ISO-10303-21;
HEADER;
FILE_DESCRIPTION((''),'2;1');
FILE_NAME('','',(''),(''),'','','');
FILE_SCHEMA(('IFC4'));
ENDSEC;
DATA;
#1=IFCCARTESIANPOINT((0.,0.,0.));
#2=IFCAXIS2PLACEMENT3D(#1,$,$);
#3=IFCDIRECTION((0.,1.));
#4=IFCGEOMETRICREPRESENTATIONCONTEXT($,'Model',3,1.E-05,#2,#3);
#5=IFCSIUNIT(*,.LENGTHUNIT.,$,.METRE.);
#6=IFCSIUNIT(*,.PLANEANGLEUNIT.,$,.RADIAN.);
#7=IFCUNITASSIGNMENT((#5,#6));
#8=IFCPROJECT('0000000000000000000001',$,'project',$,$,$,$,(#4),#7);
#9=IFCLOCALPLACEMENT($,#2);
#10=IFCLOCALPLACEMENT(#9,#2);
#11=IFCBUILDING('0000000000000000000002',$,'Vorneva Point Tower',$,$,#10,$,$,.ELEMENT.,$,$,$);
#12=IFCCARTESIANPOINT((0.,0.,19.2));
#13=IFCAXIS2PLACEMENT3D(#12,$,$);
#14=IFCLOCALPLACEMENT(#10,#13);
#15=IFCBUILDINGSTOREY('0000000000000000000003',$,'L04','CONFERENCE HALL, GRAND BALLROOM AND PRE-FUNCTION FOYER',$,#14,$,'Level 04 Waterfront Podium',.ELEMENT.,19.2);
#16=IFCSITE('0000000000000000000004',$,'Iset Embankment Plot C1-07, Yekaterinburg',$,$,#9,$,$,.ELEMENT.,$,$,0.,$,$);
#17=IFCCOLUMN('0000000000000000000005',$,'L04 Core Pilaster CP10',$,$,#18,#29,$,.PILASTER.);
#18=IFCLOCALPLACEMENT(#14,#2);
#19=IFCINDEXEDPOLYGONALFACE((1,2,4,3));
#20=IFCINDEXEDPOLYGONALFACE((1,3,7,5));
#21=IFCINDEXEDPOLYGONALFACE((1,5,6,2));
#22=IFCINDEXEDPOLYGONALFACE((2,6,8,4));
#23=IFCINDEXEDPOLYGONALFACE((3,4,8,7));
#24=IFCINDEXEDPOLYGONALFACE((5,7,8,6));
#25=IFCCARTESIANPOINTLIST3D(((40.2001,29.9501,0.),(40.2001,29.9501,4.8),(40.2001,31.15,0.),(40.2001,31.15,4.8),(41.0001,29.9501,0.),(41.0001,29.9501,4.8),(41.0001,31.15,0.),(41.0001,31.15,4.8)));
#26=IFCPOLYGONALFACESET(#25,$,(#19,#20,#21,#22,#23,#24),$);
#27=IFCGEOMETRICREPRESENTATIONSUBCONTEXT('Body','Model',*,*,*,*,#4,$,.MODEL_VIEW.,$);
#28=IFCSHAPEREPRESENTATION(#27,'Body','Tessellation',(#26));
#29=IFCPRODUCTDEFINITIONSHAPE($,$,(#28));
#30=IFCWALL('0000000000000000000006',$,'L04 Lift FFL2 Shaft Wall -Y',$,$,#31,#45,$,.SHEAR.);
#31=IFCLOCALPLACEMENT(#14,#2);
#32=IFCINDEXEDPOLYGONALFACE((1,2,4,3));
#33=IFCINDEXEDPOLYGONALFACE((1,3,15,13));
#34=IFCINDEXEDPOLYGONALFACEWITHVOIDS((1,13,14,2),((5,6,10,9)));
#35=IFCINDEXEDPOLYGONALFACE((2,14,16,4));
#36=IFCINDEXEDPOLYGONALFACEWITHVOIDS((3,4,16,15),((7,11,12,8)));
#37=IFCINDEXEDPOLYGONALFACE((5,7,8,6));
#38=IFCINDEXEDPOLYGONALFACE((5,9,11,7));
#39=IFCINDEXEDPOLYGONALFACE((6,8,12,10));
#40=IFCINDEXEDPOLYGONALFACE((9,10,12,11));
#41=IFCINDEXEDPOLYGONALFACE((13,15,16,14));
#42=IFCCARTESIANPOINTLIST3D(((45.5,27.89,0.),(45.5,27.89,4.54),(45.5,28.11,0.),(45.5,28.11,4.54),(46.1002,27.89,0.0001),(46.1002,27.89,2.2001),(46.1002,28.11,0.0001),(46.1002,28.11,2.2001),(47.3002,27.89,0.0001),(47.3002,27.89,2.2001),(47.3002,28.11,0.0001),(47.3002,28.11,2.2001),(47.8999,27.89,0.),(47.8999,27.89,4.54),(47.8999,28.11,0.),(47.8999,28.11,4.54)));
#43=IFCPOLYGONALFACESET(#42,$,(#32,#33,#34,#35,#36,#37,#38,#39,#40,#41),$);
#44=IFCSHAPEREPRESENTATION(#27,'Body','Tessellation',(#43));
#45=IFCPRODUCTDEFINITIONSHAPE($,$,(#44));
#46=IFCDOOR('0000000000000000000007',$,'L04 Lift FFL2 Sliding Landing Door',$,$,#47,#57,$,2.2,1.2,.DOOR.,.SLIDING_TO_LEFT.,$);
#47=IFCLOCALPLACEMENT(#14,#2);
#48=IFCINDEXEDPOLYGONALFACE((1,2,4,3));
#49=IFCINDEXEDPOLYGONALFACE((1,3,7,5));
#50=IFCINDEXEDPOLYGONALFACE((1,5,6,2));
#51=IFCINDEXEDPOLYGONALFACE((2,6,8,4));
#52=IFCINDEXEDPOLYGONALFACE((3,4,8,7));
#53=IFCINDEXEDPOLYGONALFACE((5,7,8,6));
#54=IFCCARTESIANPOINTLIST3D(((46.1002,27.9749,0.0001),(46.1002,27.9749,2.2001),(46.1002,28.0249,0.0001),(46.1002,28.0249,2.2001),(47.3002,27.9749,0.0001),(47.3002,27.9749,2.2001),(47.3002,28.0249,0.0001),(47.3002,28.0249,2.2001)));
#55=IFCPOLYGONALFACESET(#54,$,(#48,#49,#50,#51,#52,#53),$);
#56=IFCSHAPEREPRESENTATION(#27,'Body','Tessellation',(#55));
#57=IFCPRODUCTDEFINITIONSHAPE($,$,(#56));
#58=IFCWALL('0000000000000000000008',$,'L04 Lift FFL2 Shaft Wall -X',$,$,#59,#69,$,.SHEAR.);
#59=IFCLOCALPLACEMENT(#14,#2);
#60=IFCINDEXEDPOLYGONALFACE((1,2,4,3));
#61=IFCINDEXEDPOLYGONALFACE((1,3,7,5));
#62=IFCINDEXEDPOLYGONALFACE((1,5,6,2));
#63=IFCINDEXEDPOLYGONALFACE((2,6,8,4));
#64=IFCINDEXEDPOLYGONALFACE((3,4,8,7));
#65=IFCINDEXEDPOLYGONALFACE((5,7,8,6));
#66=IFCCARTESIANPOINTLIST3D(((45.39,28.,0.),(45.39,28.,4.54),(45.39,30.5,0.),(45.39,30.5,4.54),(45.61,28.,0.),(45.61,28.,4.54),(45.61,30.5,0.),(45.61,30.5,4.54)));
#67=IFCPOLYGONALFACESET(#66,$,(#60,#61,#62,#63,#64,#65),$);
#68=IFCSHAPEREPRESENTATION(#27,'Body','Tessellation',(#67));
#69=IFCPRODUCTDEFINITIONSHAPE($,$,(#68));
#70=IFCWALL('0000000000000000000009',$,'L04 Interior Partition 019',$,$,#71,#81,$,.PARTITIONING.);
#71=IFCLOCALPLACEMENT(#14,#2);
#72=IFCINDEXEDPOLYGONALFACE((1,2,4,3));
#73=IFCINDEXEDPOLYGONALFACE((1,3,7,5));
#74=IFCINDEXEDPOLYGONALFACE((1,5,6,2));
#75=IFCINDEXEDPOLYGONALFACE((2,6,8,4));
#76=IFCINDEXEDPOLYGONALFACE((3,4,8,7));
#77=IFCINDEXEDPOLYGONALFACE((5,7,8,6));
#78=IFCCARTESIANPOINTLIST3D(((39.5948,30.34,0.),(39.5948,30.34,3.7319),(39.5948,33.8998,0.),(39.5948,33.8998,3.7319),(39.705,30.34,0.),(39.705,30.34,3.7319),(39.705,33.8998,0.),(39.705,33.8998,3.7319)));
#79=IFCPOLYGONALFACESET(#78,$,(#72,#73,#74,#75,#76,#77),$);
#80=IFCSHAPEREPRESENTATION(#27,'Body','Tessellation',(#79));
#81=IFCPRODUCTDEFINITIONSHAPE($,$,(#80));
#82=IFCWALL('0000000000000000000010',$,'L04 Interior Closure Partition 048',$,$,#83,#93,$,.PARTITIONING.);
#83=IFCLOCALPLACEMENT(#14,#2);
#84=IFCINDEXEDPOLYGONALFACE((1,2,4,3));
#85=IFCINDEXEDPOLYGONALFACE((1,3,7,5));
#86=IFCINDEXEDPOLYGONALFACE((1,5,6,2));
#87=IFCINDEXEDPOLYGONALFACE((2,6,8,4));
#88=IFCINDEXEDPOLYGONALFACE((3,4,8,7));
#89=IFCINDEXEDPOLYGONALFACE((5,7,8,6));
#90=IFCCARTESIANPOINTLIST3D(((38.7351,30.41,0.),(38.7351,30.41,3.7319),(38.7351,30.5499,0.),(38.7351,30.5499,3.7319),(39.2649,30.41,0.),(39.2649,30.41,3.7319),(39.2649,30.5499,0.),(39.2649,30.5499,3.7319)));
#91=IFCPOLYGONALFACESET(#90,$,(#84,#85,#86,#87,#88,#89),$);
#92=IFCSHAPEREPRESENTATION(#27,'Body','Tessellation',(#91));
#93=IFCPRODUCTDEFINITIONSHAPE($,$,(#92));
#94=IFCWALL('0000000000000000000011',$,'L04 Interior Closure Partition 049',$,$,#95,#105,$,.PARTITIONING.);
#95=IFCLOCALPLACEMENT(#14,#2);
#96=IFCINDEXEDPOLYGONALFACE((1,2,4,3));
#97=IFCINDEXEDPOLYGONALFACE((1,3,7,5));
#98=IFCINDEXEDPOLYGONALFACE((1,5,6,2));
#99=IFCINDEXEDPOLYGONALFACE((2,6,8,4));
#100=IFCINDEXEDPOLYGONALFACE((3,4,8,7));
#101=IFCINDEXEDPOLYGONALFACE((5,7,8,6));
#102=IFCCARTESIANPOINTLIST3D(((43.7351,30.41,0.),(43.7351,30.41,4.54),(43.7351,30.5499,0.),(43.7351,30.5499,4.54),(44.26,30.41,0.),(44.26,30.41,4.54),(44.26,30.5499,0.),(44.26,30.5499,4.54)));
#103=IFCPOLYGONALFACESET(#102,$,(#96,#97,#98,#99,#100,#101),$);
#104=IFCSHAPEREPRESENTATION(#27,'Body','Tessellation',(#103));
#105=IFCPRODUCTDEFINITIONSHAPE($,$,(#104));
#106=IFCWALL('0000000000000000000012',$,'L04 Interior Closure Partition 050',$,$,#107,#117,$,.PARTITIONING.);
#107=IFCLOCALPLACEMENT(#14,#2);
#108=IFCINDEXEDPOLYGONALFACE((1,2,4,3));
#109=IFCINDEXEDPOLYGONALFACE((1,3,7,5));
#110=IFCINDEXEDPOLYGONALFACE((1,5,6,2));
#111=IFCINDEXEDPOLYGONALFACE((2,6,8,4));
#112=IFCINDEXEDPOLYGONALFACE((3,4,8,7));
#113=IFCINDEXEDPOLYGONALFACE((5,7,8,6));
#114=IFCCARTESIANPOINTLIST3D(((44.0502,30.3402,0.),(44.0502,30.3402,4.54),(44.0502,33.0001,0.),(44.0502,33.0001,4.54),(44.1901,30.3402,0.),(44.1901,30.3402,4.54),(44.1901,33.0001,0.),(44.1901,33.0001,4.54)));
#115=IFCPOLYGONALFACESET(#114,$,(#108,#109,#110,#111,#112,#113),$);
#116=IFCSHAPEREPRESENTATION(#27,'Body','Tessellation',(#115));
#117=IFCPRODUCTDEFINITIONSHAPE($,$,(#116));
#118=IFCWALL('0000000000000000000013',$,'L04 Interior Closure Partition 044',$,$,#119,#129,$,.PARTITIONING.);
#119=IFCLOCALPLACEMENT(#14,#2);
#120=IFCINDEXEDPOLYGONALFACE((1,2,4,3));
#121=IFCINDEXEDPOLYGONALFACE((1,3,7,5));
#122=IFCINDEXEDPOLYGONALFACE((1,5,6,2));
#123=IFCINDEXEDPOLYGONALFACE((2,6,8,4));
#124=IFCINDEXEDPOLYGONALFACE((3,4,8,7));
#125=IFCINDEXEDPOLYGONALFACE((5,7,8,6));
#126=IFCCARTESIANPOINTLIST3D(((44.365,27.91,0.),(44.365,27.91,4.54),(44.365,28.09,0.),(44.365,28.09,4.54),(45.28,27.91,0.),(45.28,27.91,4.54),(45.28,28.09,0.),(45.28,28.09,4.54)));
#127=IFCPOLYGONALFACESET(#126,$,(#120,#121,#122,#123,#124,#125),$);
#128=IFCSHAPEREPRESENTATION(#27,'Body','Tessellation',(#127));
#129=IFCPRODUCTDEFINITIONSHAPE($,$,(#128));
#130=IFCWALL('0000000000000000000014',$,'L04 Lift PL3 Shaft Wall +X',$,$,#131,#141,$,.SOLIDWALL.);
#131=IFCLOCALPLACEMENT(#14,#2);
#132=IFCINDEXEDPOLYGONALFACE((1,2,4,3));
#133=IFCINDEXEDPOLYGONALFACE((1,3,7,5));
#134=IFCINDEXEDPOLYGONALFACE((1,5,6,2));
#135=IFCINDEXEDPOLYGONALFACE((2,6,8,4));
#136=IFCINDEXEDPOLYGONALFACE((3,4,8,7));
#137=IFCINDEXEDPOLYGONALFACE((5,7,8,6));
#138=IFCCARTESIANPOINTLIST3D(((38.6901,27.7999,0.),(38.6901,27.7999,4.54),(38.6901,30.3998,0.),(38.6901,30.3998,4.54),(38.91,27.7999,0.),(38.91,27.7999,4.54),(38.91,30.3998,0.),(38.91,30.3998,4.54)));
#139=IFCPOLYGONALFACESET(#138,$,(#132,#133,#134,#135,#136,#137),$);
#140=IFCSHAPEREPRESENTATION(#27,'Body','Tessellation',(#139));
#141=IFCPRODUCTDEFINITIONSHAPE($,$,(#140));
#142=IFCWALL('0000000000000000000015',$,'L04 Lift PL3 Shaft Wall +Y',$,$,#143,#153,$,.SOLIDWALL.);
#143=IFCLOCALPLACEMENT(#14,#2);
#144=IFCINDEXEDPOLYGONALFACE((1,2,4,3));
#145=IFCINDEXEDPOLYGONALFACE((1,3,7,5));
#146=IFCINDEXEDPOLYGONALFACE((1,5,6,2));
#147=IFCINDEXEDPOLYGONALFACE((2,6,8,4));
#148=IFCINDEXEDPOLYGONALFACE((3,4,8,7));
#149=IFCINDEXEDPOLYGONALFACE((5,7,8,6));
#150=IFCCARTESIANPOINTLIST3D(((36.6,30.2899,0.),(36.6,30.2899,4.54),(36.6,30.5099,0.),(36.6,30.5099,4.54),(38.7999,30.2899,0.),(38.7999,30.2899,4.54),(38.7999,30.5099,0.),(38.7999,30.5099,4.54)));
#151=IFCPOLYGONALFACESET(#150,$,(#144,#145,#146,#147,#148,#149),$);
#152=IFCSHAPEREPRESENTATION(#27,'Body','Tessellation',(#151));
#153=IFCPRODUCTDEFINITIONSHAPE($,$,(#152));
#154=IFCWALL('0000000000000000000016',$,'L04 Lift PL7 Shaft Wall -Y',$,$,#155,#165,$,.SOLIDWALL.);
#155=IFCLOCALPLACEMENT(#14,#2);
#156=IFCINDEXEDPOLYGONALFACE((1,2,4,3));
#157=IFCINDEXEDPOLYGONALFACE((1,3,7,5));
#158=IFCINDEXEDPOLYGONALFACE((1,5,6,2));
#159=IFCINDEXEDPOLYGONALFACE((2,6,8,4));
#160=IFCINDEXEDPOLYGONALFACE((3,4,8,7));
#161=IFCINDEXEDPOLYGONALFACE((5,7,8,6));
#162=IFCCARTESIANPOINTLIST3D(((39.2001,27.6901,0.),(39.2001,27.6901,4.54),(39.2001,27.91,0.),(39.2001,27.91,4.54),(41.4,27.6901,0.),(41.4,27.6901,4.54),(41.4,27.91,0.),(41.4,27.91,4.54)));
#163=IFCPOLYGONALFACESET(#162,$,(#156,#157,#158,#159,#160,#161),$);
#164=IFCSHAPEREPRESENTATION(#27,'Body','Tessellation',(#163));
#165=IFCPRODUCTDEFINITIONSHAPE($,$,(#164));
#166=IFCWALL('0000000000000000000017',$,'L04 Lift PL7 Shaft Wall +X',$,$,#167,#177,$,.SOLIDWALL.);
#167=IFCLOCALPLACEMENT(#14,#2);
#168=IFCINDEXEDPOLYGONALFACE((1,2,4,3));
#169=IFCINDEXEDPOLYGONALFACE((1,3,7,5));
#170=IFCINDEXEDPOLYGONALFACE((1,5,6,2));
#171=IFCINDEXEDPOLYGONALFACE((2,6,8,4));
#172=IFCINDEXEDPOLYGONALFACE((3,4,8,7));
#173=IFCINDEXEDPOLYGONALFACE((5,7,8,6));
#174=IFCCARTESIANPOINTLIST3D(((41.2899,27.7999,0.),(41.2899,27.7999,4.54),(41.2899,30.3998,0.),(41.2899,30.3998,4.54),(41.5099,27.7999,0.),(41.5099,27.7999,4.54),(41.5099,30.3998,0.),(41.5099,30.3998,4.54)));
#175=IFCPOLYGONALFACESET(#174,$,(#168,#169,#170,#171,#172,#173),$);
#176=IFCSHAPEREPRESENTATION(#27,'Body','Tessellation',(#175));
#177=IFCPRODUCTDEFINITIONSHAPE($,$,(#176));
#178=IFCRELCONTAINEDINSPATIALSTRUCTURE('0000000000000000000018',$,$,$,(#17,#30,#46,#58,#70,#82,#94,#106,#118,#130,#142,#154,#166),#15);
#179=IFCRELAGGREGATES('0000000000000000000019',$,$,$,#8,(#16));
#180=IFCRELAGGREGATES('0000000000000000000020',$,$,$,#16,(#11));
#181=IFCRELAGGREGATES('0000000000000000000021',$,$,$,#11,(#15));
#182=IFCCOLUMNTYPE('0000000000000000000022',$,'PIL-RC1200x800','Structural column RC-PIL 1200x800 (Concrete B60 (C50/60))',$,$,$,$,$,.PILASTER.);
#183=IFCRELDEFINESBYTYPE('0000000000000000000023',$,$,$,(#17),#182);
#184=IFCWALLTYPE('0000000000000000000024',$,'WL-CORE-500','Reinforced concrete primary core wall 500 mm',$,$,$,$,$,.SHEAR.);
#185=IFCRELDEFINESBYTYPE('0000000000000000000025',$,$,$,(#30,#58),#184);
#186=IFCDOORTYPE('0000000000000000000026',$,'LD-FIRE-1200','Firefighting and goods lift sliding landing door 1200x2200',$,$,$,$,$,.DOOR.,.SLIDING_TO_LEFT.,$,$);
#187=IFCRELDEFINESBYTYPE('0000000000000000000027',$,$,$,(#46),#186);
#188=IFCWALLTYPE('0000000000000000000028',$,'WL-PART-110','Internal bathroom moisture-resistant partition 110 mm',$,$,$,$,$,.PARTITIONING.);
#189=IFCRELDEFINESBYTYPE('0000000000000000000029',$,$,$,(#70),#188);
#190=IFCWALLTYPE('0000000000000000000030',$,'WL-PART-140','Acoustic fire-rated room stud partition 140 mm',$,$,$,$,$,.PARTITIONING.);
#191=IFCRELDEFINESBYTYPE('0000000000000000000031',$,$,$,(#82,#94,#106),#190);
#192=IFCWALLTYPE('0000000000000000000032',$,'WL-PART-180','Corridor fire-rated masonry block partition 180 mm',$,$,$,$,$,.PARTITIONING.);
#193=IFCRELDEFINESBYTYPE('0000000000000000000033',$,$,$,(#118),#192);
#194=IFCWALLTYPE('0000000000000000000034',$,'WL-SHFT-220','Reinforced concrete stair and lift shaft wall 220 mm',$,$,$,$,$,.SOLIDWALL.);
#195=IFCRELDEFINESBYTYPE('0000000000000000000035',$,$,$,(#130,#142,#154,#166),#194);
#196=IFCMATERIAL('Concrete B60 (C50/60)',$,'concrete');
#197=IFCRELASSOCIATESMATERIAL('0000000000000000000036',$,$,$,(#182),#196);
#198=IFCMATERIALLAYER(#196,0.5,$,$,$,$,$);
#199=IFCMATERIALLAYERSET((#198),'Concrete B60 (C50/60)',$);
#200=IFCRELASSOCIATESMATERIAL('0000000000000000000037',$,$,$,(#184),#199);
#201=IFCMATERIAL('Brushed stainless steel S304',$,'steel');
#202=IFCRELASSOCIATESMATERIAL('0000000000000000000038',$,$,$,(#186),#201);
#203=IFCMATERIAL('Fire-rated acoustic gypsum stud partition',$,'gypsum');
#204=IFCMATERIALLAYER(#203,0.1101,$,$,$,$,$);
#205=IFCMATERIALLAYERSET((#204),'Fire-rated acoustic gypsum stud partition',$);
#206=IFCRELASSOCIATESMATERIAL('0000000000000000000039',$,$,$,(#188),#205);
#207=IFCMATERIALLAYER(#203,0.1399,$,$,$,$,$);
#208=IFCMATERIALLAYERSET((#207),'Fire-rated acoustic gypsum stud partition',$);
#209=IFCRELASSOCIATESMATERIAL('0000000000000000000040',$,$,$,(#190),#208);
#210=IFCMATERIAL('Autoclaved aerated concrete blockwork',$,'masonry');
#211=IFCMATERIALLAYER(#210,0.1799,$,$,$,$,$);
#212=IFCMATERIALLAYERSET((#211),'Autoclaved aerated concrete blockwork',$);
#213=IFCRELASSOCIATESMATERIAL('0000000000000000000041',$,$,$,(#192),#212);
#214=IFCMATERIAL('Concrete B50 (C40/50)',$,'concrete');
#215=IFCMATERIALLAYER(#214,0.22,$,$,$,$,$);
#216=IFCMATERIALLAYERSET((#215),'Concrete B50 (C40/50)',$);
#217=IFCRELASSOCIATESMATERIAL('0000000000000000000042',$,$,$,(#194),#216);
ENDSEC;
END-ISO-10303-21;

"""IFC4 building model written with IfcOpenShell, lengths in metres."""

from ifc_helpers import new_model, si_unit, direction, frame, frame_2d, origin, origin_2d, place, context, subcontext, project, spatial, rectangle, extrude, material, layer, layer_set, material_profile, profile_set, type_object, element, fill, save


model = new_model("IFC4")

# Units and contexts
model_context = context("Model", 3, precision=1e-05, world=origin(), true_north=direction((0.0, 1.0)))
body_context = subcontext(model_context, "Body", "Model", "MODEL_VIEW")
ifc_project = project(units=[si_unit("LENGTHUNIT", "METRE"), si_unit("PLANEANGLEUNIT", "RADIAN")], contexts=[model_context])

# Site, building, storey
site_placement = place(None, origin())
site = spatial("IfcSite", under=ifc_project, at=site_placement, Name="Iset Embankment Plot C1-07, Yekaterinburg", CompositionType="ELEMENT", RefElevation=0.0)
building_placement = place(site_placement, origin())
building = spatial("IfcBuilding", under=site, at=building_placement, Name="Vorneva Point Tower", CompositionType="ELEMENT")
storey_placement = place(building_placement, frame((0.0, 0.0, 19.2)))
storey = spatial("IfcBuildingStorey", under=building, at=storey_placement, Name="L04", Description="CONFERENCE HALL, GRAND BALLROOM AND PRE-FUNCTION FOYER", LongName="Level 04 Waterfront Podium", CompositionType="ELEMENT", Elevation=19.2)

# Column
ifc_material_1 = material(Name="Concrete B60 (C50/60)", Category="concrete")
ifc_material_profile = material_profile(ifc_material_1, rectangle(XDim=0.8, YDim=1.2, at=origin_2d()), Name="RC-PIL 1200x800")
ifc_profile_set = profile_set([ifc_material_profile], Name="Concrete B60 (C50/60)")
column_type = type_object("IfcColumnType", Name="PIL-RC1200x800", Description="Structural column RC-PIL 1200x800 (Concrete B60 (C50/60))", PredefinedType="PILASTER", material=ifc_profile_set)
column_placement = place(storey_placement, frame((40.6001, 30.55, 0.0), z_axis=(0.0, 0.0, 1.0), x_axis=(1.0, 0.0, 0.0)))
element("IfcColumn", 1, at=column_placement, inside=storey, type_object=column_type, Name="L04 Core Pilaster CP10", PredefinedType="PILASTER", context=body_context, shape_type="SweptSolid", body=[
    extrude(rectangle(XDim=0.8, YDim=1.2, at=origin_2d()), origin(), (0.0, 0.0, 1.0), 4.8),
])

# Wall, opening, door
ifc_layer_1 = layer(ifc_material_1, 0.5)
ifc_layer_set_1 = layer_set([ifc_layer_1], Name="Concrete B60 (C50/60)")
wall_type_1 = type_object("IfcWallType", Name="WL-CORE-500", Description="Reinforced concrete primary core wall 500 mm", PredefinedType="SHEAR", material=ifc_layer_set_1)
wall_1_placement = place(storey_placement, frame((45.5, 28.0, 0.0), z_axis=(0.0, 0.0, 1.0), x_axis=(1.0, 0.0, 0.0)))
wall_1 = element("IfcWall", 2, at=wall_1_placement, inside=storey, type_object=wall_type_1, Name="L04 Lift FFL2 Shaft Wall -Y", PredefinedType="SHEAR", context=body_context, shape_type="SweptSolid", body=[
    extrude(rectangle(XDim=2.3999, YDim=0.22, at=frame_2d((1.2, 0.0))), origin(), (0.0, 0.0, 1.0), 4.54),
])
opening_1_placement = place(wall_1_placement, frame((0.6001, 0.0, 0.0)))
opening_1 = element("IfcOpeningElement", 3, at=opening_1_placement, cuts=wall_1, PredefinedType="OPENING", context=body_context, shape_type="SweptSolid", body=[
    extrude(rectangle(XDim=1.2, YDim=2.2, at=frame_2d((0.6001, 1.1001))), frame((0.0, 0.125, 0.0), z_axis=(0.0, -1.0, 0.0), x_axis=(1.0, 0.0, 0.0)), (0.0, 0.0, 1.0), 0.2498),
])
ifc_material_2 = material(Name="Brushed stainless steel S304", Category="steel")
door_type_1 = type_object("IfcDoorType", Name="LD-FIRE-1200", Description="Firefighting and goods lift sliding landing door 1200x2200", OperationType="SLIDING_TO_LEFT", PredefinedType="DOOR", material=ifc_material_2)
door_1_placement = place(opening_1_placement, origin())
door_1 = element("IfcDoor", 4, at=door_1_placement, inside=storey, type_object=door_type_1, Name="L04 Lift FFL2 Sliding Landing Door", OperationType="SLIDING_TO_LEFT", OverallHeight=2.2, OverallWidth=1.2, PredefinedType="DOOR", context=body_context, shape_type="SweptSolid", body=[
    extrude(rectangle(XDim=1.2, YDim=2.2, at=frame_2d((0.6001, 1.1001))), frame((0.0, 0.0249, 0.0), z_axis=(0.0, -1.0, 0.0), x_axis=(1.0, 0.0, 0.0)), (0.0, 0.0, 1.0), 0.05),
])
fill(opening_1, door_1)

# Walls
wall_2_placement = place(storey_placement, frame((45.5, 30.5, 0.0), z_axis=(0.0, 0.0, 1.0), x_axis=(0.0, -1.0, 0.0)))
element("IfcWall", 5, at=wall_2_placement, inside=storey, type_object=wall_type_1, Name="L04 Lift FFL2 Shaft Wall -X", PredefinedType="SHEAR", context=body_context, shape_type="SweptSolid", body=[
    extrude(rectangle(XDim=2.5, YDim=0.22, at=frame_2d((1.25, 0.0))), origin(), (0.0, 0.0, 1.0), 4.54),
])
ifc_material_3 = material(Name="Fire-rated acoustic gypsum stud partition", Category="gypsum")
ifc_layer_2 = layer(ifc_material_3, 0.1101)
ifc_layer_set_2 = layer_set([ifc_layer_2], Name="Fire-rated acoustic gypsum stud partition")
wall_type_2 = type_object("IfcWallType", Name="WL-PART-110", Description="Internal bathroom moisture-resistant partition 110 mm", PredefinedType="PARTITIONING", material=ifc_layer_set_2)
wall_3_placement = place(storey_placement, frame((39.6499, 30.3401, 0.0), z_axis=(0.0, 0.0, 1.0), x_axis=(0.0, 1.0, 0.0)))
element("IfcWall", 6, at=wall_3_placement, inside=storey, type_object=wall_type_2, Name="L04 Interior Partition 019", PredefinedType="PARTITIONING", context=body_context, shape_type="SweptSolid", body=[
    extrude(rectangle(XDim=3.5598, YDim=0.1101, at=frame_2d((1.7798, 0.0))), origin(), (0.0, 0.0, 1.0), 3.7319),
])
ifc_layer_3 = layer(ifc_material_3, 0.1399)
ifc_layer_set_3 = layer_set([ifc_layer_3], Name="Fire-rated acoustic gypsum stud partition")
wall_type_3 = type_object("IfcWallType", Name="WL-PART-140", Description="Acoustic fire-rated room stud partition 140 mm", PredefinedType="PARTITIONING", material=ifc_layer_set_3)
wall_4_placement = place(storey_placement, frame((38.7351, 30.48, 0.0), z_axis=(0.0, 0.0, 1.0), x_axis=(1.0, 0.0, 0.0)))
element("IfcWall", 7, at=wall_4_placement, inside=storey, type_object=wall_type_3, Name="L04 Interior Closure Partition 048", PredefinedType="PARTITIONING", context=body_context, shape_type="SweptSolid", body=[
    extrude(rectangle(XDim=0.5298, YDim=0.1399, at=frame_2d((0.2649, 0.0))), origin(), (0.0, 0.0, 1.0), 3.7319),
])
wall_5_placement = place(storey_placement, frame((43.7351, 30.48, 0.0), z_axis=(0.0, 0.0, 1.0), x_axis=(1.0, 0.0, 0.0)))
element("IfcWall", 8, at=wall_5_placement, inside=storey, type_object=wall_type_3, Name="L04 Interior Closure Partition 049", PredefinedType="PARTITIONING", context=body_context, shape_type="SweptSolid", body=[
    extrude(rectangle(XDim=0.5249, YDim=0.1399, at=frame_2d((0.2625, 0.0))), origin(), (0.0, 0.0, 1.0), 4.54),
])
wall_6_placement = place(storey_placement, frame((44.1201, 30.3401, 0.0), z_axis=(0.0, 0.0, 1.0), x_axis=(0.0, 1.0, 0.0)))
element("IfcWall", 9, at=wall_6_placement, inside=storey, type_object=wall_type_3, Name="L04 Interior Closure Partition 050", PredefinedType="PARTITIONING", context=body_context, shape_type="SweptSolid", body=[
    extrude(rectangle(XDim=2.6599, YDim=0.1399, at=frame_2d((1.3301, 0.0))), origin(), (0.0, 0.0, 1.0), 4.54),
])

# Shared definitions
ifc_material_4 = material(Name="Autoclaved aerated concrete blockwork", Category="masonry")
ifc_layer_4 = layer(ifc_material_4, 0.1799)
ifc_layer_set_4 = layer_set([ifc_layer_4], Name="Autoclaved aerated concrete blockwork")
wall_type_4 = type_object("IfcWallType", Name="WL-PART-180", Description="Corridor fire-rated masonry block partition 180 mm", PredefinedType="PARTITIONING", material=ifc_layer_set_4)

# Walls
wall_7_placement = place(storey_placement, frame((45.28, 28.0, 0.0), z_axis=(0.0, 0.0, 1.0), x_axis=(-1.0, 0.0, 0.0)))
element("IfcWall", 10, at=wall_7_placement, inside=storey, type_object=wall_type_4, Name="L04 Interior Closure Partition 044", PredefinedType="PARTITIONING", context=body_context, shape_type="SweptSolid", body=[
    extrude(rectangle(XDim=0.915, YDim=0.1799, at=frame_2d((0.4575, 0.0))), origin(), (0.0, 0.0, 1.0), 4.54),
])
ifc_material_5 = material(Name="Concrete B50 (C40/50)", Category="concrete")
ifc_layer_5 = layer(ifc_material_5, 0.22)
ifc_layer_set_5 = layer_set([ifc_layer_5], Name="Concrete B50 (C40/50)")
wall_type_5 = type_object("IfcWallType", Name="WL-SHFT-220", Description="Reinforced concrete stair and lift shaft wall 220 mm", PredefinedType="SOLIDWALL", material=ifc_layer_set_5)
wall_8_placement = place(storey_placement, frame((38.8, 27.8, 0.0), z_axis=(0.0, 0.0, 1.0), x_axis=(0.0, 1.0, 0.0)))
element("IfcWall", 11, at=wall_8_placement, inside=storey, type_object=wall_type_5, Name="L04 Lift PL3 Shaft Wall +X", PredefinedType="SOLIDWALL", context=body_context, shape_type="SweptSolid", body=[
    extrude(rectangle(XDim=2.5999, YDim=0.22, at=frame_2d((1.2998, 0.0))), origin(), (0.0, 0.0, 1.0), 4.54),
])
for number, where, z_axis, x_axis, name in (
    (12, (38.8, 30.3999, 0.0), (0.0, 0.0, 1.0), (-1.0, 0.0, 0.0), "L04 Lift PL3 Shaft Wall +Y"),
    (13, (39.2, 27.8, 0.0), (0.0, 0.0, 1.0), (1.0, 0.0, 0.0), "L04 Lift PL7 Shaft Wall -Y"),
):
    element("IfcWall", number, at=place(storey_placement, frame(where, z_axis=z_axis, x_axis=x_axis)), inside=storey, type_object=wall_type_5, Name=name, PredefinedType="SOLIDWALL", context=body_context, shape_type="SweptSolid", body=[
        extrude(rectangle(XDim=2.2, YDim=0.22, at=frame_2d((1.1001, 0.0))), origin(), (0.0, 0.0, 1.0), 4.54),
    ])
wall_9_placement = place(storey_placement, frame((41.3999, 27.8, 0.0), z_axis=(0.0, 0.0, 1.0), x_axis=(0.0, 1.0, 0.0)))
element("IfcWall", 14, at=wall_9_placement, inside=storey, type_object=wall_type_5, Name="L04 Lift PL7 Shaft Wall +X", PredefinedType="SOLIDWALL", context=body_context, shape_type="SweptSolid", body=[
    extrude(rectangle(XDim=2.5999, YDim=0.22, at=frame_2d((1.2998, 0.0))), origin(), (0.0, 0.0, 1.0), 4.54),
])

save(model, "model.ifc")
